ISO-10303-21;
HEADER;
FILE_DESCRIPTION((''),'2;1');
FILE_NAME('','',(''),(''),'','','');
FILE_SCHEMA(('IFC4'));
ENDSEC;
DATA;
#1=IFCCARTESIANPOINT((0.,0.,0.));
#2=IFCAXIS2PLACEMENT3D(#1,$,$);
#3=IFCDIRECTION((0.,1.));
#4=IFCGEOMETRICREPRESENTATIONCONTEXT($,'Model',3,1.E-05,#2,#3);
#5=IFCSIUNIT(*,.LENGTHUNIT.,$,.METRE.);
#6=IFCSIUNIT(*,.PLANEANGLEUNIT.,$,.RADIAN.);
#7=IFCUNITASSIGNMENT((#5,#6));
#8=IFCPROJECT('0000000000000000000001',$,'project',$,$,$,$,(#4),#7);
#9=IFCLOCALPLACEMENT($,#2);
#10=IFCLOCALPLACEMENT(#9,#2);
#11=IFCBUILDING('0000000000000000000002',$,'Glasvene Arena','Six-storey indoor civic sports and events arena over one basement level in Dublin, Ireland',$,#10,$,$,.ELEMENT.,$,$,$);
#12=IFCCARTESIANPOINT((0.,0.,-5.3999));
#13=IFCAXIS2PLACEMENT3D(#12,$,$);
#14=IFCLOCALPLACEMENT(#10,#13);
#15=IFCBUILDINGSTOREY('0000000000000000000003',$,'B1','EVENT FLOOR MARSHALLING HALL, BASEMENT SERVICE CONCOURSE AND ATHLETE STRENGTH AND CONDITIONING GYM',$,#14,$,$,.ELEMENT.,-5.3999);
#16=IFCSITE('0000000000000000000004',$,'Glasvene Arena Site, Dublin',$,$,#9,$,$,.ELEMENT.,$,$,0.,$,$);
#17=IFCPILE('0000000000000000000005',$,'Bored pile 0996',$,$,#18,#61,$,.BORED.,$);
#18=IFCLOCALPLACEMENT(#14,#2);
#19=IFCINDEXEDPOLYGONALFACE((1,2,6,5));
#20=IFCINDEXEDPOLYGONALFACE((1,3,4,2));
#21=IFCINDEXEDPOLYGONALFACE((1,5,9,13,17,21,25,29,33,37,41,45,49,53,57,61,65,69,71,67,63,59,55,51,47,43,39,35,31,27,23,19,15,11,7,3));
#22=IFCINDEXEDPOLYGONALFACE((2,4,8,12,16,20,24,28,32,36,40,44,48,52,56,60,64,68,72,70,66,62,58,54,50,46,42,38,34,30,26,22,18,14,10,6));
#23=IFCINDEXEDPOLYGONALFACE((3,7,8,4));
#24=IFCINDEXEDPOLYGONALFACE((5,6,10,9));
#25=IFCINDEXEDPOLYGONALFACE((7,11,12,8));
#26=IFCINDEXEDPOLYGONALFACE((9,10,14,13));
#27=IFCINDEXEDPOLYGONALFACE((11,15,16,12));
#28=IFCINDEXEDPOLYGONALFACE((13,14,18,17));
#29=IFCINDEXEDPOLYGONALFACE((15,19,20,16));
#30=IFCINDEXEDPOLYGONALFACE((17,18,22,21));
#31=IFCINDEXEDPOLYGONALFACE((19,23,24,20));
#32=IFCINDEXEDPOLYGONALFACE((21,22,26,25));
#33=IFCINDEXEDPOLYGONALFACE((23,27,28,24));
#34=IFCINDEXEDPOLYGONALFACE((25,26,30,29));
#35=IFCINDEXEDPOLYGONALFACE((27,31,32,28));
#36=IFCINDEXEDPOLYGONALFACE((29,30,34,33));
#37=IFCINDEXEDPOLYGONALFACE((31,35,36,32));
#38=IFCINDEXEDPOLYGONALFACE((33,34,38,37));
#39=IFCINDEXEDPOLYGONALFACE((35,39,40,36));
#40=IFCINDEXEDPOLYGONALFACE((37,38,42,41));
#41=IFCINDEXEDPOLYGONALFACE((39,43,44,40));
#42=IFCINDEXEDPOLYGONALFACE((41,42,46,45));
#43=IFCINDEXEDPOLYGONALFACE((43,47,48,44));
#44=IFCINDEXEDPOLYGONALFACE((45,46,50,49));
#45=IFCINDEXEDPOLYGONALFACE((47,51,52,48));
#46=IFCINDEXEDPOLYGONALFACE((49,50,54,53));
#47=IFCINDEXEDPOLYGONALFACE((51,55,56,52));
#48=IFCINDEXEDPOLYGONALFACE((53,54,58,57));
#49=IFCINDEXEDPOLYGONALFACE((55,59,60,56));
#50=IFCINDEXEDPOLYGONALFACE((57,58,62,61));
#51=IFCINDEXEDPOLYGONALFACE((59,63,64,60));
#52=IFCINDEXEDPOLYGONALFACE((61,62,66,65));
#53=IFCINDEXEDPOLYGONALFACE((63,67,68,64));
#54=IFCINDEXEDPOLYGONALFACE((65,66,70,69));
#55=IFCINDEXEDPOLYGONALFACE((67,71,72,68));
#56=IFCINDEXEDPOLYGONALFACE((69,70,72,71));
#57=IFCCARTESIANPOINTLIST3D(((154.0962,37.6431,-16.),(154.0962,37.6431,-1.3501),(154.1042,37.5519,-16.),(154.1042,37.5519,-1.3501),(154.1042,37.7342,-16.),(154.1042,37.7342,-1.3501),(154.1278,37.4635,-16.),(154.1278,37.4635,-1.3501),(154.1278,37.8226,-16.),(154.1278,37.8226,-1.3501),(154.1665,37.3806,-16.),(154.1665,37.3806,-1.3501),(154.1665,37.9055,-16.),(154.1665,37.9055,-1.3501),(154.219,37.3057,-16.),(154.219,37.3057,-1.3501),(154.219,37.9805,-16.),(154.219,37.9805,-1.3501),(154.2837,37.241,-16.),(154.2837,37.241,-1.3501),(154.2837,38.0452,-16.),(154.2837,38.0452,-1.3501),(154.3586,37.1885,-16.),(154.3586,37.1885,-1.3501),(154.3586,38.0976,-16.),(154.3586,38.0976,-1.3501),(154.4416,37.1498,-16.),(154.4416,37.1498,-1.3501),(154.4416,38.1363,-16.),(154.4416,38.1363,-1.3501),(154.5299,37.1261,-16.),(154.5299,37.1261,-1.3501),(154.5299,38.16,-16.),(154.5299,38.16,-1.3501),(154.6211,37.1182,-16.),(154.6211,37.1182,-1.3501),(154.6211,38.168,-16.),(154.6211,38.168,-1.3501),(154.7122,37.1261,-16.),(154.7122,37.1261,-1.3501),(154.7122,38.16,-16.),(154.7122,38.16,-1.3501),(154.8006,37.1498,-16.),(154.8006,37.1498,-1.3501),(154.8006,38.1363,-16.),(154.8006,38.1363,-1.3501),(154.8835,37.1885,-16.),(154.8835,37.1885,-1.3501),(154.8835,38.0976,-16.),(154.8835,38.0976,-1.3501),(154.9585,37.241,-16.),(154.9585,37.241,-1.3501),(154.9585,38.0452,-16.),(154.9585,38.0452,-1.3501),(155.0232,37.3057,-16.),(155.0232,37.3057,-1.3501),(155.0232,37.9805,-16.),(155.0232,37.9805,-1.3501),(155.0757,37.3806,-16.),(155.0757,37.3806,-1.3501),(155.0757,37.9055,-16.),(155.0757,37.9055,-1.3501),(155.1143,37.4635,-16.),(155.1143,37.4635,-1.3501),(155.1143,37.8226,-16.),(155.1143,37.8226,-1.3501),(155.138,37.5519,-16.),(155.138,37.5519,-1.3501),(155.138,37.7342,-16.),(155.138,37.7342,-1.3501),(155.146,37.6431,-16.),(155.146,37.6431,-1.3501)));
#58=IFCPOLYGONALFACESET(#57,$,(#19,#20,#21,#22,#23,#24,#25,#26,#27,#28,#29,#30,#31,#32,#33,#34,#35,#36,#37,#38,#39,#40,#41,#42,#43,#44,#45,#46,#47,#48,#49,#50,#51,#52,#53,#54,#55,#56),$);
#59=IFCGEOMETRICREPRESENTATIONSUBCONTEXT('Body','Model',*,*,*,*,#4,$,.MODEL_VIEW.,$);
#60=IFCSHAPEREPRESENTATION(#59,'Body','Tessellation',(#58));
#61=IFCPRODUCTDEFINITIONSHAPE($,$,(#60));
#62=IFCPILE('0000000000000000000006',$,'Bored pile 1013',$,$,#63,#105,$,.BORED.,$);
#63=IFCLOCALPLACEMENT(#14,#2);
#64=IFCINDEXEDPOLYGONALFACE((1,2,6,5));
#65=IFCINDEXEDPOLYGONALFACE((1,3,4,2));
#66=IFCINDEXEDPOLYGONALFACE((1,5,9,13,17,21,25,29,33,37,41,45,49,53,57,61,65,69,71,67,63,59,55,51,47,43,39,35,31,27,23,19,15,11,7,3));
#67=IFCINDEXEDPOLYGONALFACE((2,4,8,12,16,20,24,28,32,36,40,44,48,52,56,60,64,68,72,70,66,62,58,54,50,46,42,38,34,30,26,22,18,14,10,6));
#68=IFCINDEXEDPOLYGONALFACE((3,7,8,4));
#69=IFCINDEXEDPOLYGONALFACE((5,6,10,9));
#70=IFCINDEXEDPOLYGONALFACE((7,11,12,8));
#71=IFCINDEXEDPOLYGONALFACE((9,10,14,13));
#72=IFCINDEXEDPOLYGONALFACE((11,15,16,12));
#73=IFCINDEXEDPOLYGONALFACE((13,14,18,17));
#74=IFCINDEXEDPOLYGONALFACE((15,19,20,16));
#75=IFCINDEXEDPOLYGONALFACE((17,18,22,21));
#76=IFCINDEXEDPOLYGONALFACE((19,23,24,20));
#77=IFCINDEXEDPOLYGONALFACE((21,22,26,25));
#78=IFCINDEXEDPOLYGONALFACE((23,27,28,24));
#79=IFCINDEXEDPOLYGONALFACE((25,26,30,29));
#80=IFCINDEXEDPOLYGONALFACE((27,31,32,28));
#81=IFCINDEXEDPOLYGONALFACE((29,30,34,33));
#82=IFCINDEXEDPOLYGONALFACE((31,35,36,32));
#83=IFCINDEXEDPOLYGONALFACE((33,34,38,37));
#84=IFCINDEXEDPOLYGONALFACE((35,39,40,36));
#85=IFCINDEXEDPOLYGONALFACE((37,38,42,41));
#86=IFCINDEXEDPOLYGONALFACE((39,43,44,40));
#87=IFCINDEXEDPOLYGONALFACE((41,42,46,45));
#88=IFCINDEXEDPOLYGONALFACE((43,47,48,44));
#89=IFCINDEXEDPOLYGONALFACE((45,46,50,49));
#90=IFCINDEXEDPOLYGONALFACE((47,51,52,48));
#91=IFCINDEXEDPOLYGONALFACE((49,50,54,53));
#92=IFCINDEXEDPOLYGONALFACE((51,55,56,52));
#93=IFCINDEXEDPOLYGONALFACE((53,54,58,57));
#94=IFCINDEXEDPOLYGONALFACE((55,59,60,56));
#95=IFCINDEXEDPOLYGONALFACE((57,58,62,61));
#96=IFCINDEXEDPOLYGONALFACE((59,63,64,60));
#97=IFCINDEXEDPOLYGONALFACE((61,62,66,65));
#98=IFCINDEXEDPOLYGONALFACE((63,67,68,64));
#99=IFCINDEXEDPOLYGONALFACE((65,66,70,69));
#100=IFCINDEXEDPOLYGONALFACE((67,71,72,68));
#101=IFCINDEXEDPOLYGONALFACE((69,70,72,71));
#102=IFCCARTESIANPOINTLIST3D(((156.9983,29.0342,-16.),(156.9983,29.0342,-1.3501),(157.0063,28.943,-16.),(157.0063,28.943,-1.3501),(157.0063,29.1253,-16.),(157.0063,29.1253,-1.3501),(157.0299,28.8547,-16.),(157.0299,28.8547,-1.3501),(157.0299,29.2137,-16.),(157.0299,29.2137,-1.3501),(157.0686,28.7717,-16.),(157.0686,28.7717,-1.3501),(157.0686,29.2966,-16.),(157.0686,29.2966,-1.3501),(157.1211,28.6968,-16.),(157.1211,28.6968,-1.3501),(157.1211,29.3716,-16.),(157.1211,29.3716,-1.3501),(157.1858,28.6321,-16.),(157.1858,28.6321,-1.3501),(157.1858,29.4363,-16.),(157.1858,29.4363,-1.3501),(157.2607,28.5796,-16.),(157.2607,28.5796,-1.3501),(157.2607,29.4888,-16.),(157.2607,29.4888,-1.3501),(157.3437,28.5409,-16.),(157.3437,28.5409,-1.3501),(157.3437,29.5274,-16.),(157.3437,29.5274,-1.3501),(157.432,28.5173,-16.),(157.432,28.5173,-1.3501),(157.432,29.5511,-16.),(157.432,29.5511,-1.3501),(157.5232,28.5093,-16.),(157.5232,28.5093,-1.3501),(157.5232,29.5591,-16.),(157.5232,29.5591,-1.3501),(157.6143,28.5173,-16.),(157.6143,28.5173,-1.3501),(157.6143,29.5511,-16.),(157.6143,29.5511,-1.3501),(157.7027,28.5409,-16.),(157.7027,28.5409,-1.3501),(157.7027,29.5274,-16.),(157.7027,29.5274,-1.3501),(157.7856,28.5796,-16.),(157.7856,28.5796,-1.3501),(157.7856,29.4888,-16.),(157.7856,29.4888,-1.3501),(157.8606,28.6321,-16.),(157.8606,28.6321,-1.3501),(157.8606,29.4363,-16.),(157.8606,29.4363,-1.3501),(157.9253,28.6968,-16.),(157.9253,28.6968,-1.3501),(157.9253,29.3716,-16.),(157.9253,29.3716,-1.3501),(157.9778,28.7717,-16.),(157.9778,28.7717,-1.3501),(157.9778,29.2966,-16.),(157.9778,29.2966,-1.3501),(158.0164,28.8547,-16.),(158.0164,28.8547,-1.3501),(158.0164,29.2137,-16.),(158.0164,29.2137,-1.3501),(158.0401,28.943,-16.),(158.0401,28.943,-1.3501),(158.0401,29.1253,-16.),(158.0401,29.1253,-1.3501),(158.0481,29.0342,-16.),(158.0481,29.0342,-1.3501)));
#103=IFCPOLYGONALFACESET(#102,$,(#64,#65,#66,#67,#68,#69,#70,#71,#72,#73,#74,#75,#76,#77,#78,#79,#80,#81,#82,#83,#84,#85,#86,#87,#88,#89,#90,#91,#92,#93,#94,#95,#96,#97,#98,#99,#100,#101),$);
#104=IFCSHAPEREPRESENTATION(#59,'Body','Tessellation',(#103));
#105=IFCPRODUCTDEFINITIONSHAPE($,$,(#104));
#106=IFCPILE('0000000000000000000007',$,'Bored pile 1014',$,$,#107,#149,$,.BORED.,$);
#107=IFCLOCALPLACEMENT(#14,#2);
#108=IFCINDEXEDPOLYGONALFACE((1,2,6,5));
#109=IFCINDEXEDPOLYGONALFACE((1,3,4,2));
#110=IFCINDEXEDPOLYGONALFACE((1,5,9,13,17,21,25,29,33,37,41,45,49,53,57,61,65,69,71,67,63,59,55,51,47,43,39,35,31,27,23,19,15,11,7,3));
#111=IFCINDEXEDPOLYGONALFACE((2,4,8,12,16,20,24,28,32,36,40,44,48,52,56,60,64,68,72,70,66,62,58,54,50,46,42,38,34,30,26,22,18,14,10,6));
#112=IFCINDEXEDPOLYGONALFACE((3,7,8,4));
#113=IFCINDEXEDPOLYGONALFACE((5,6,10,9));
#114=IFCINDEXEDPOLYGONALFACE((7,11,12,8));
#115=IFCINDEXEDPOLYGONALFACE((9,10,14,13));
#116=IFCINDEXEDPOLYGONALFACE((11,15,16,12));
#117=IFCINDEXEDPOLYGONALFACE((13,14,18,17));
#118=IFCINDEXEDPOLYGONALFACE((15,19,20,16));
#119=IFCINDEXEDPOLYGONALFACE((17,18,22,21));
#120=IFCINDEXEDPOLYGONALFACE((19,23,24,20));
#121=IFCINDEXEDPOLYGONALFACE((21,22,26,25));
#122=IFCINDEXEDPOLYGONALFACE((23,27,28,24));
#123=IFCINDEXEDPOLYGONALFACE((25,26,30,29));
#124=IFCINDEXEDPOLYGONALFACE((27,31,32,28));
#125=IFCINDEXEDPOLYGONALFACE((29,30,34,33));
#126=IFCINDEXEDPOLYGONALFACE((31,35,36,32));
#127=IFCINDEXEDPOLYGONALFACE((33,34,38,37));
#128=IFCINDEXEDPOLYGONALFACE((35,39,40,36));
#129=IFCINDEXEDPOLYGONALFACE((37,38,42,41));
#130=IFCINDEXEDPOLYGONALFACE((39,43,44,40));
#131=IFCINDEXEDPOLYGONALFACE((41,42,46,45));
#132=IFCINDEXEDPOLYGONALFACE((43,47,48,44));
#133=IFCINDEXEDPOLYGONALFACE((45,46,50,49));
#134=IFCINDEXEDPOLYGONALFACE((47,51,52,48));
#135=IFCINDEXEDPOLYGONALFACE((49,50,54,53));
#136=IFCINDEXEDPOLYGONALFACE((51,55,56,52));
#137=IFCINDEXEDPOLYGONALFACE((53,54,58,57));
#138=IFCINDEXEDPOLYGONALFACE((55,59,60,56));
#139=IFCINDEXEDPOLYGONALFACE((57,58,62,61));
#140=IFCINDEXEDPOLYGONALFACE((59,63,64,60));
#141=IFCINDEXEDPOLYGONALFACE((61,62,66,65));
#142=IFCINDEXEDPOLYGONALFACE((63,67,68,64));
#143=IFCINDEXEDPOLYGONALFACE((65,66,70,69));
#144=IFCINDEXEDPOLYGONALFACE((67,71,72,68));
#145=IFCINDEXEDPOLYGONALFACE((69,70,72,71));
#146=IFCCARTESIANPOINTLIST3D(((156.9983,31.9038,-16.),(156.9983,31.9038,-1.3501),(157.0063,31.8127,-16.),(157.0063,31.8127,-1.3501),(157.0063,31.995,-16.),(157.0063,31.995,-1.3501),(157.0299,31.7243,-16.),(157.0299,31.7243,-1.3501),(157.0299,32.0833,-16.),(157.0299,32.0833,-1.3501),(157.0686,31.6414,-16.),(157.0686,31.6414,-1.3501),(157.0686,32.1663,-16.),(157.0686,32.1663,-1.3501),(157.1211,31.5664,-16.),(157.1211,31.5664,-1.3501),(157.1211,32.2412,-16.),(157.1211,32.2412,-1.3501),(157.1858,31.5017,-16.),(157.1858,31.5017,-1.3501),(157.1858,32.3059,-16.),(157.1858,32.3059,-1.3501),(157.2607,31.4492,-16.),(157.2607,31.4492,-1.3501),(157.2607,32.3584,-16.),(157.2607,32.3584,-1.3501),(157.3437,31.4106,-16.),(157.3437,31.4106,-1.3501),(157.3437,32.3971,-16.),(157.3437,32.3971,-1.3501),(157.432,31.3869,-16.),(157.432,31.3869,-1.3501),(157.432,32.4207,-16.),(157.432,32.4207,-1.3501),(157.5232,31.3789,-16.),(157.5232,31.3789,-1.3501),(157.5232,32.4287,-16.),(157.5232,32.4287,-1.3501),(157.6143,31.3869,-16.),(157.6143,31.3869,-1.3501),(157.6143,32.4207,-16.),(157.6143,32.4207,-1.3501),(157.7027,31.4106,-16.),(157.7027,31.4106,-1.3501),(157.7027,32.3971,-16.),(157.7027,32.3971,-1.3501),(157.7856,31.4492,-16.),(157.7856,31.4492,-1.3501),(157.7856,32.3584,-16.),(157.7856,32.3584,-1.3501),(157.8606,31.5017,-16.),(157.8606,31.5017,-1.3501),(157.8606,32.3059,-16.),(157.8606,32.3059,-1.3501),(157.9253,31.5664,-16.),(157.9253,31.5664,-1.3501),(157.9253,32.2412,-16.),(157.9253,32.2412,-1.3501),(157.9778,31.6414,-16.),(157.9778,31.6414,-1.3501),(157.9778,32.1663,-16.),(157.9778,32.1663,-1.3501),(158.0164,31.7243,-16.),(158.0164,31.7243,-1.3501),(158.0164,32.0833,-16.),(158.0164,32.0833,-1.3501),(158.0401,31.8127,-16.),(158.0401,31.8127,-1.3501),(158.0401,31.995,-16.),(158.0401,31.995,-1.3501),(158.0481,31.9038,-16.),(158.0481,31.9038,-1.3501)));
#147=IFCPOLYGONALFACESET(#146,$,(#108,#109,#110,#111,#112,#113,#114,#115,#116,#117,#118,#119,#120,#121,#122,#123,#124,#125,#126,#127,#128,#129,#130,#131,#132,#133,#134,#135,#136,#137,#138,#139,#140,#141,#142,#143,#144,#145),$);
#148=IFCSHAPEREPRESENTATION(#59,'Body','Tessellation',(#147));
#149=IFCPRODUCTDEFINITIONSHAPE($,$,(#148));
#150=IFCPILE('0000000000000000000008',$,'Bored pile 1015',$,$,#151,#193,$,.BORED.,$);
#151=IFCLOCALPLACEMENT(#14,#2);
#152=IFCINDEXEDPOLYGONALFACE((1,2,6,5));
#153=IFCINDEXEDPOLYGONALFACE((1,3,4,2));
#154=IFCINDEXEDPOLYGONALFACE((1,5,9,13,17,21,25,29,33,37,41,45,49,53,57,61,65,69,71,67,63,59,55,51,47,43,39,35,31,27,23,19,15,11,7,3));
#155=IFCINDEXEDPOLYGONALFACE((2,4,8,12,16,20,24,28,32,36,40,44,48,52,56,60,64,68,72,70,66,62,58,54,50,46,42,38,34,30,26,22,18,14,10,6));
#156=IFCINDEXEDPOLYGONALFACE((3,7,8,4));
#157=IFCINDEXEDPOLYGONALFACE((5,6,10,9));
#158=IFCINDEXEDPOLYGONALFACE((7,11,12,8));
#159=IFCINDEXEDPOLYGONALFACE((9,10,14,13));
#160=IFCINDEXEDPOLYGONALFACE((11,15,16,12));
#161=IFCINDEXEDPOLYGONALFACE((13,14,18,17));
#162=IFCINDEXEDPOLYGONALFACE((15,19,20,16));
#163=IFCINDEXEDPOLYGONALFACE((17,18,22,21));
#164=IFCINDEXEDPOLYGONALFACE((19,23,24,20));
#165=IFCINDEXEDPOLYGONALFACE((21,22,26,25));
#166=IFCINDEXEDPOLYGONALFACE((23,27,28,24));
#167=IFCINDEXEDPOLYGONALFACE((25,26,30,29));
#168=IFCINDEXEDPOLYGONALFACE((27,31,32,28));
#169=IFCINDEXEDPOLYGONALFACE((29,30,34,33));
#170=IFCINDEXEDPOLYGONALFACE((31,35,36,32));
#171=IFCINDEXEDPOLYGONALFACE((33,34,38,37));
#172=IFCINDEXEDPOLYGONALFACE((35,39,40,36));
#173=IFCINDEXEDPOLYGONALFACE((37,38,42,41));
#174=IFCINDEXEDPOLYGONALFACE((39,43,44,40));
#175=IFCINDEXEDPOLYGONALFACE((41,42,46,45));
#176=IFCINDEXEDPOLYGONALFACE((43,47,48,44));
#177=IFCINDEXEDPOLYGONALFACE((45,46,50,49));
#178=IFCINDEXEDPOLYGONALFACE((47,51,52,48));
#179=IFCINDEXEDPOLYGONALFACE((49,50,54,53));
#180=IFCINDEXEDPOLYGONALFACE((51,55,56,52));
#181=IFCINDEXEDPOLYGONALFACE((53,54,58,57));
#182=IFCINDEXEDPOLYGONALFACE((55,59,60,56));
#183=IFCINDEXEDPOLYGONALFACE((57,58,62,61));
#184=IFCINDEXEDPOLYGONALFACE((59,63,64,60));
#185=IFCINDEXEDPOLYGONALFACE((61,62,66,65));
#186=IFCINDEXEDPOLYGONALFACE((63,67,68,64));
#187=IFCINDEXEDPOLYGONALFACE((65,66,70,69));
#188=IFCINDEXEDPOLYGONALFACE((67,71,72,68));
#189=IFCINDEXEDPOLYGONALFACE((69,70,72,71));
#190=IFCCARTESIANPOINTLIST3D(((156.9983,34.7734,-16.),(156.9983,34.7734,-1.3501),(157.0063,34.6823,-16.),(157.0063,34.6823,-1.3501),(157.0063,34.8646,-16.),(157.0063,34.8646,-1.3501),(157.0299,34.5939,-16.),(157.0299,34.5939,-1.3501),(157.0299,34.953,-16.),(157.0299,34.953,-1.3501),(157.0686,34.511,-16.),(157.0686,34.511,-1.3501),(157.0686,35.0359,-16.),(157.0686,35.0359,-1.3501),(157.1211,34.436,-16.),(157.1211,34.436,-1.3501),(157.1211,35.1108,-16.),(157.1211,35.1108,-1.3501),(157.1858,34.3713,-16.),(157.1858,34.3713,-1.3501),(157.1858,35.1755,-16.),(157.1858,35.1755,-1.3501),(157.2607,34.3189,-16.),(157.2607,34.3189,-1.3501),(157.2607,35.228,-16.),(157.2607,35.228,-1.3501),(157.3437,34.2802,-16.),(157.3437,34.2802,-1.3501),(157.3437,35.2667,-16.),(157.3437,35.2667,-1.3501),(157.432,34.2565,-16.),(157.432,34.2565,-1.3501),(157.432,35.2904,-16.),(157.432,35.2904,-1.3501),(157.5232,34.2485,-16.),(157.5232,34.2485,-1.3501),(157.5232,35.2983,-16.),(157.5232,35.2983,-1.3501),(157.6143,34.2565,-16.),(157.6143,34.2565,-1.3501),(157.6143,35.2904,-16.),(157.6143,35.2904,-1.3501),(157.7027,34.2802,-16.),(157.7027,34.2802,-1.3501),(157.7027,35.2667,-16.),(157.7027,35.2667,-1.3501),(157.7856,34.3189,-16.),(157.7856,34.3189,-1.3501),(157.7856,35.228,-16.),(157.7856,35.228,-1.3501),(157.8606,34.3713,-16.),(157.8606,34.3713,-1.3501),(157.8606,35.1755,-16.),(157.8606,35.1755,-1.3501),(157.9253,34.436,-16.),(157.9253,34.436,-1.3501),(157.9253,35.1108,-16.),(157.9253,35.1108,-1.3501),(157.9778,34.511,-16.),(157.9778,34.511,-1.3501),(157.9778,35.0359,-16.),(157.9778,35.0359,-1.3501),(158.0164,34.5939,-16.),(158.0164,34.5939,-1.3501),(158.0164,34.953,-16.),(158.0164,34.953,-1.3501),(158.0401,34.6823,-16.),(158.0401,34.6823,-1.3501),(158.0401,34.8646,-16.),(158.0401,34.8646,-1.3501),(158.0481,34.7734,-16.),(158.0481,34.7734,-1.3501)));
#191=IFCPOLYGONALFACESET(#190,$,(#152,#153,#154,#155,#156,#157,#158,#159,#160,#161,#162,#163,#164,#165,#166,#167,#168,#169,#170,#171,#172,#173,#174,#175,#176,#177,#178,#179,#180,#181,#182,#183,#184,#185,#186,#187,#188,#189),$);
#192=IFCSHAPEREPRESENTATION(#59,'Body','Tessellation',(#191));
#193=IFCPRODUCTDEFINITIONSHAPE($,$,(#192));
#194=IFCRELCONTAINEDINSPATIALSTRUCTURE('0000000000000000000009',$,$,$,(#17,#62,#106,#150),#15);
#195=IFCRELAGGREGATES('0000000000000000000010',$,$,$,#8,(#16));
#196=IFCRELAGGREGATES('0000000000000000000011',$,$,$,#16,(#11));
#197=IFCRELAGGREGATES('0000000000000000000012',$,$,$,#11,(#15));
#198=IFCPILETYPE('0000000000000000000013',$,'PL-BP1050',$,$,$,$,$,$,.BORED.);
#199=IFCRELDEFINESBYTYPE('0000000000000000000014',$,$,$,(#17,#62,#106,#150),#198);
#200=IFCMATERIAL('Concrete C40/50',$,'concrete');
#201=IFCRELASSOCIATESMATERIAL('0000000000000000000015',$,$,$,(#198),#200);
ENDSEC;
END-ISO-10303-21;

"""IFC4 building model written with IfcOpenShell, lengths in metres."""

from ifc_helpers import new_model, si_unit, direction, frame, origin, origin_2d, place, context, subcontext, project, spatial, circle, extrude, material, material_profile, profile_set, type_object, element, save


model = new_model("IFC4")

# Units and contexts
model_context = context("Model", 3, precision=1e-05, world=origin(), true_north=direction((0.0, 1.0)))
body_context = subcontext(model_context, "Body", "Model", "MODEL_VIEW")
ifc_project = project(units=[si_unit("LENGTHUNIT", "METRE"), si_unit("PLANEANGLEUNIT", "RADIAN")], contexts=[model_context])

# Site, building, storey
site_placement = place(None, origin())
site = spatial("IfcSite", under=ifc_project, at=site_placement, Name="Glasvene Arena Site, Dublin", CompositionType="ELEMENT", RefElevation=0.0)
building_placement = place(site_placement, origin())
building = spatial("IfcBuilding", under=site, at=building_placement, Name="Glasvene Arena", Description="Six-storey indoor civic sports and events arena over one basement level in Dublin, Ireland", CompositionType="ELEMENT")
storey_placement = place(building_placement, frame((0.0, 0.0, -5.3999)))
storey = spatial("IfcBuildingStorey", under=building, at=storey_placement, Name="B1", Description="EVENT FLOOR MARSHALLING HALL, BASEMENT SERVICE CONCOURSE AND ATHLETE STRENGTH AND CONDITIONING GYM", CompositionType="ELEMENT", Elevation=-5.3999)

# Piles
ifc_material = material(Name="Concrete C40/50", Category="concrete")
ifc_material_profile = material_profile(ifc_material, circle(Radius=0.5249, at=origin_2d()), Name="BORED PILE 1050")
ifc_profile_set = profile_set([ifc_material_profile], Name="Concrete C40/50")
pile_type = type_object("IfcPileType", Name="PL-BP1050", PredefinedType="BORED", material=ifc_profile_set)
for number, where, z_axis, x_axis, name in (
    (1, (154.6211, 37.6431, -1.3501), (0.0, 0.0, -1.0), (1.0, 0.0, 0.0), "Bored pile 0996"),
    (2, (157.5232, 29.0342, -1.3501), (0.0, 0.0, -1.0), (1.0, 0.0, 0.0), "Bored pile 1013"),
    (3, (157.5232, 31.9038, -1.3501), (0.0, 0.0, -1.0), (1.0, 0.0, 0.0), "Bored pile 1014"),
    (4, (157.5232, 34.7734, -1.3501), (0.0, 0.0, -1.0), (1.0, 0.0, 0.0), "Bored pile 1015"),
):
    element("IfcPile", number, at=place(storey_placement, frame(where, z_axis=z_axis, x_axis=x_axis)), inside=storey, type_object=pile_type, Name=name, PredefinedType="BORED", context=body_context, shape_type="SweptSolid", body=[
        extrude(circle(Radius=0.5249, at=origin_2d()), origin(), (0.0, 0.0, 1.0), 14.6499),
    ])

save(model, "model.ifc")
